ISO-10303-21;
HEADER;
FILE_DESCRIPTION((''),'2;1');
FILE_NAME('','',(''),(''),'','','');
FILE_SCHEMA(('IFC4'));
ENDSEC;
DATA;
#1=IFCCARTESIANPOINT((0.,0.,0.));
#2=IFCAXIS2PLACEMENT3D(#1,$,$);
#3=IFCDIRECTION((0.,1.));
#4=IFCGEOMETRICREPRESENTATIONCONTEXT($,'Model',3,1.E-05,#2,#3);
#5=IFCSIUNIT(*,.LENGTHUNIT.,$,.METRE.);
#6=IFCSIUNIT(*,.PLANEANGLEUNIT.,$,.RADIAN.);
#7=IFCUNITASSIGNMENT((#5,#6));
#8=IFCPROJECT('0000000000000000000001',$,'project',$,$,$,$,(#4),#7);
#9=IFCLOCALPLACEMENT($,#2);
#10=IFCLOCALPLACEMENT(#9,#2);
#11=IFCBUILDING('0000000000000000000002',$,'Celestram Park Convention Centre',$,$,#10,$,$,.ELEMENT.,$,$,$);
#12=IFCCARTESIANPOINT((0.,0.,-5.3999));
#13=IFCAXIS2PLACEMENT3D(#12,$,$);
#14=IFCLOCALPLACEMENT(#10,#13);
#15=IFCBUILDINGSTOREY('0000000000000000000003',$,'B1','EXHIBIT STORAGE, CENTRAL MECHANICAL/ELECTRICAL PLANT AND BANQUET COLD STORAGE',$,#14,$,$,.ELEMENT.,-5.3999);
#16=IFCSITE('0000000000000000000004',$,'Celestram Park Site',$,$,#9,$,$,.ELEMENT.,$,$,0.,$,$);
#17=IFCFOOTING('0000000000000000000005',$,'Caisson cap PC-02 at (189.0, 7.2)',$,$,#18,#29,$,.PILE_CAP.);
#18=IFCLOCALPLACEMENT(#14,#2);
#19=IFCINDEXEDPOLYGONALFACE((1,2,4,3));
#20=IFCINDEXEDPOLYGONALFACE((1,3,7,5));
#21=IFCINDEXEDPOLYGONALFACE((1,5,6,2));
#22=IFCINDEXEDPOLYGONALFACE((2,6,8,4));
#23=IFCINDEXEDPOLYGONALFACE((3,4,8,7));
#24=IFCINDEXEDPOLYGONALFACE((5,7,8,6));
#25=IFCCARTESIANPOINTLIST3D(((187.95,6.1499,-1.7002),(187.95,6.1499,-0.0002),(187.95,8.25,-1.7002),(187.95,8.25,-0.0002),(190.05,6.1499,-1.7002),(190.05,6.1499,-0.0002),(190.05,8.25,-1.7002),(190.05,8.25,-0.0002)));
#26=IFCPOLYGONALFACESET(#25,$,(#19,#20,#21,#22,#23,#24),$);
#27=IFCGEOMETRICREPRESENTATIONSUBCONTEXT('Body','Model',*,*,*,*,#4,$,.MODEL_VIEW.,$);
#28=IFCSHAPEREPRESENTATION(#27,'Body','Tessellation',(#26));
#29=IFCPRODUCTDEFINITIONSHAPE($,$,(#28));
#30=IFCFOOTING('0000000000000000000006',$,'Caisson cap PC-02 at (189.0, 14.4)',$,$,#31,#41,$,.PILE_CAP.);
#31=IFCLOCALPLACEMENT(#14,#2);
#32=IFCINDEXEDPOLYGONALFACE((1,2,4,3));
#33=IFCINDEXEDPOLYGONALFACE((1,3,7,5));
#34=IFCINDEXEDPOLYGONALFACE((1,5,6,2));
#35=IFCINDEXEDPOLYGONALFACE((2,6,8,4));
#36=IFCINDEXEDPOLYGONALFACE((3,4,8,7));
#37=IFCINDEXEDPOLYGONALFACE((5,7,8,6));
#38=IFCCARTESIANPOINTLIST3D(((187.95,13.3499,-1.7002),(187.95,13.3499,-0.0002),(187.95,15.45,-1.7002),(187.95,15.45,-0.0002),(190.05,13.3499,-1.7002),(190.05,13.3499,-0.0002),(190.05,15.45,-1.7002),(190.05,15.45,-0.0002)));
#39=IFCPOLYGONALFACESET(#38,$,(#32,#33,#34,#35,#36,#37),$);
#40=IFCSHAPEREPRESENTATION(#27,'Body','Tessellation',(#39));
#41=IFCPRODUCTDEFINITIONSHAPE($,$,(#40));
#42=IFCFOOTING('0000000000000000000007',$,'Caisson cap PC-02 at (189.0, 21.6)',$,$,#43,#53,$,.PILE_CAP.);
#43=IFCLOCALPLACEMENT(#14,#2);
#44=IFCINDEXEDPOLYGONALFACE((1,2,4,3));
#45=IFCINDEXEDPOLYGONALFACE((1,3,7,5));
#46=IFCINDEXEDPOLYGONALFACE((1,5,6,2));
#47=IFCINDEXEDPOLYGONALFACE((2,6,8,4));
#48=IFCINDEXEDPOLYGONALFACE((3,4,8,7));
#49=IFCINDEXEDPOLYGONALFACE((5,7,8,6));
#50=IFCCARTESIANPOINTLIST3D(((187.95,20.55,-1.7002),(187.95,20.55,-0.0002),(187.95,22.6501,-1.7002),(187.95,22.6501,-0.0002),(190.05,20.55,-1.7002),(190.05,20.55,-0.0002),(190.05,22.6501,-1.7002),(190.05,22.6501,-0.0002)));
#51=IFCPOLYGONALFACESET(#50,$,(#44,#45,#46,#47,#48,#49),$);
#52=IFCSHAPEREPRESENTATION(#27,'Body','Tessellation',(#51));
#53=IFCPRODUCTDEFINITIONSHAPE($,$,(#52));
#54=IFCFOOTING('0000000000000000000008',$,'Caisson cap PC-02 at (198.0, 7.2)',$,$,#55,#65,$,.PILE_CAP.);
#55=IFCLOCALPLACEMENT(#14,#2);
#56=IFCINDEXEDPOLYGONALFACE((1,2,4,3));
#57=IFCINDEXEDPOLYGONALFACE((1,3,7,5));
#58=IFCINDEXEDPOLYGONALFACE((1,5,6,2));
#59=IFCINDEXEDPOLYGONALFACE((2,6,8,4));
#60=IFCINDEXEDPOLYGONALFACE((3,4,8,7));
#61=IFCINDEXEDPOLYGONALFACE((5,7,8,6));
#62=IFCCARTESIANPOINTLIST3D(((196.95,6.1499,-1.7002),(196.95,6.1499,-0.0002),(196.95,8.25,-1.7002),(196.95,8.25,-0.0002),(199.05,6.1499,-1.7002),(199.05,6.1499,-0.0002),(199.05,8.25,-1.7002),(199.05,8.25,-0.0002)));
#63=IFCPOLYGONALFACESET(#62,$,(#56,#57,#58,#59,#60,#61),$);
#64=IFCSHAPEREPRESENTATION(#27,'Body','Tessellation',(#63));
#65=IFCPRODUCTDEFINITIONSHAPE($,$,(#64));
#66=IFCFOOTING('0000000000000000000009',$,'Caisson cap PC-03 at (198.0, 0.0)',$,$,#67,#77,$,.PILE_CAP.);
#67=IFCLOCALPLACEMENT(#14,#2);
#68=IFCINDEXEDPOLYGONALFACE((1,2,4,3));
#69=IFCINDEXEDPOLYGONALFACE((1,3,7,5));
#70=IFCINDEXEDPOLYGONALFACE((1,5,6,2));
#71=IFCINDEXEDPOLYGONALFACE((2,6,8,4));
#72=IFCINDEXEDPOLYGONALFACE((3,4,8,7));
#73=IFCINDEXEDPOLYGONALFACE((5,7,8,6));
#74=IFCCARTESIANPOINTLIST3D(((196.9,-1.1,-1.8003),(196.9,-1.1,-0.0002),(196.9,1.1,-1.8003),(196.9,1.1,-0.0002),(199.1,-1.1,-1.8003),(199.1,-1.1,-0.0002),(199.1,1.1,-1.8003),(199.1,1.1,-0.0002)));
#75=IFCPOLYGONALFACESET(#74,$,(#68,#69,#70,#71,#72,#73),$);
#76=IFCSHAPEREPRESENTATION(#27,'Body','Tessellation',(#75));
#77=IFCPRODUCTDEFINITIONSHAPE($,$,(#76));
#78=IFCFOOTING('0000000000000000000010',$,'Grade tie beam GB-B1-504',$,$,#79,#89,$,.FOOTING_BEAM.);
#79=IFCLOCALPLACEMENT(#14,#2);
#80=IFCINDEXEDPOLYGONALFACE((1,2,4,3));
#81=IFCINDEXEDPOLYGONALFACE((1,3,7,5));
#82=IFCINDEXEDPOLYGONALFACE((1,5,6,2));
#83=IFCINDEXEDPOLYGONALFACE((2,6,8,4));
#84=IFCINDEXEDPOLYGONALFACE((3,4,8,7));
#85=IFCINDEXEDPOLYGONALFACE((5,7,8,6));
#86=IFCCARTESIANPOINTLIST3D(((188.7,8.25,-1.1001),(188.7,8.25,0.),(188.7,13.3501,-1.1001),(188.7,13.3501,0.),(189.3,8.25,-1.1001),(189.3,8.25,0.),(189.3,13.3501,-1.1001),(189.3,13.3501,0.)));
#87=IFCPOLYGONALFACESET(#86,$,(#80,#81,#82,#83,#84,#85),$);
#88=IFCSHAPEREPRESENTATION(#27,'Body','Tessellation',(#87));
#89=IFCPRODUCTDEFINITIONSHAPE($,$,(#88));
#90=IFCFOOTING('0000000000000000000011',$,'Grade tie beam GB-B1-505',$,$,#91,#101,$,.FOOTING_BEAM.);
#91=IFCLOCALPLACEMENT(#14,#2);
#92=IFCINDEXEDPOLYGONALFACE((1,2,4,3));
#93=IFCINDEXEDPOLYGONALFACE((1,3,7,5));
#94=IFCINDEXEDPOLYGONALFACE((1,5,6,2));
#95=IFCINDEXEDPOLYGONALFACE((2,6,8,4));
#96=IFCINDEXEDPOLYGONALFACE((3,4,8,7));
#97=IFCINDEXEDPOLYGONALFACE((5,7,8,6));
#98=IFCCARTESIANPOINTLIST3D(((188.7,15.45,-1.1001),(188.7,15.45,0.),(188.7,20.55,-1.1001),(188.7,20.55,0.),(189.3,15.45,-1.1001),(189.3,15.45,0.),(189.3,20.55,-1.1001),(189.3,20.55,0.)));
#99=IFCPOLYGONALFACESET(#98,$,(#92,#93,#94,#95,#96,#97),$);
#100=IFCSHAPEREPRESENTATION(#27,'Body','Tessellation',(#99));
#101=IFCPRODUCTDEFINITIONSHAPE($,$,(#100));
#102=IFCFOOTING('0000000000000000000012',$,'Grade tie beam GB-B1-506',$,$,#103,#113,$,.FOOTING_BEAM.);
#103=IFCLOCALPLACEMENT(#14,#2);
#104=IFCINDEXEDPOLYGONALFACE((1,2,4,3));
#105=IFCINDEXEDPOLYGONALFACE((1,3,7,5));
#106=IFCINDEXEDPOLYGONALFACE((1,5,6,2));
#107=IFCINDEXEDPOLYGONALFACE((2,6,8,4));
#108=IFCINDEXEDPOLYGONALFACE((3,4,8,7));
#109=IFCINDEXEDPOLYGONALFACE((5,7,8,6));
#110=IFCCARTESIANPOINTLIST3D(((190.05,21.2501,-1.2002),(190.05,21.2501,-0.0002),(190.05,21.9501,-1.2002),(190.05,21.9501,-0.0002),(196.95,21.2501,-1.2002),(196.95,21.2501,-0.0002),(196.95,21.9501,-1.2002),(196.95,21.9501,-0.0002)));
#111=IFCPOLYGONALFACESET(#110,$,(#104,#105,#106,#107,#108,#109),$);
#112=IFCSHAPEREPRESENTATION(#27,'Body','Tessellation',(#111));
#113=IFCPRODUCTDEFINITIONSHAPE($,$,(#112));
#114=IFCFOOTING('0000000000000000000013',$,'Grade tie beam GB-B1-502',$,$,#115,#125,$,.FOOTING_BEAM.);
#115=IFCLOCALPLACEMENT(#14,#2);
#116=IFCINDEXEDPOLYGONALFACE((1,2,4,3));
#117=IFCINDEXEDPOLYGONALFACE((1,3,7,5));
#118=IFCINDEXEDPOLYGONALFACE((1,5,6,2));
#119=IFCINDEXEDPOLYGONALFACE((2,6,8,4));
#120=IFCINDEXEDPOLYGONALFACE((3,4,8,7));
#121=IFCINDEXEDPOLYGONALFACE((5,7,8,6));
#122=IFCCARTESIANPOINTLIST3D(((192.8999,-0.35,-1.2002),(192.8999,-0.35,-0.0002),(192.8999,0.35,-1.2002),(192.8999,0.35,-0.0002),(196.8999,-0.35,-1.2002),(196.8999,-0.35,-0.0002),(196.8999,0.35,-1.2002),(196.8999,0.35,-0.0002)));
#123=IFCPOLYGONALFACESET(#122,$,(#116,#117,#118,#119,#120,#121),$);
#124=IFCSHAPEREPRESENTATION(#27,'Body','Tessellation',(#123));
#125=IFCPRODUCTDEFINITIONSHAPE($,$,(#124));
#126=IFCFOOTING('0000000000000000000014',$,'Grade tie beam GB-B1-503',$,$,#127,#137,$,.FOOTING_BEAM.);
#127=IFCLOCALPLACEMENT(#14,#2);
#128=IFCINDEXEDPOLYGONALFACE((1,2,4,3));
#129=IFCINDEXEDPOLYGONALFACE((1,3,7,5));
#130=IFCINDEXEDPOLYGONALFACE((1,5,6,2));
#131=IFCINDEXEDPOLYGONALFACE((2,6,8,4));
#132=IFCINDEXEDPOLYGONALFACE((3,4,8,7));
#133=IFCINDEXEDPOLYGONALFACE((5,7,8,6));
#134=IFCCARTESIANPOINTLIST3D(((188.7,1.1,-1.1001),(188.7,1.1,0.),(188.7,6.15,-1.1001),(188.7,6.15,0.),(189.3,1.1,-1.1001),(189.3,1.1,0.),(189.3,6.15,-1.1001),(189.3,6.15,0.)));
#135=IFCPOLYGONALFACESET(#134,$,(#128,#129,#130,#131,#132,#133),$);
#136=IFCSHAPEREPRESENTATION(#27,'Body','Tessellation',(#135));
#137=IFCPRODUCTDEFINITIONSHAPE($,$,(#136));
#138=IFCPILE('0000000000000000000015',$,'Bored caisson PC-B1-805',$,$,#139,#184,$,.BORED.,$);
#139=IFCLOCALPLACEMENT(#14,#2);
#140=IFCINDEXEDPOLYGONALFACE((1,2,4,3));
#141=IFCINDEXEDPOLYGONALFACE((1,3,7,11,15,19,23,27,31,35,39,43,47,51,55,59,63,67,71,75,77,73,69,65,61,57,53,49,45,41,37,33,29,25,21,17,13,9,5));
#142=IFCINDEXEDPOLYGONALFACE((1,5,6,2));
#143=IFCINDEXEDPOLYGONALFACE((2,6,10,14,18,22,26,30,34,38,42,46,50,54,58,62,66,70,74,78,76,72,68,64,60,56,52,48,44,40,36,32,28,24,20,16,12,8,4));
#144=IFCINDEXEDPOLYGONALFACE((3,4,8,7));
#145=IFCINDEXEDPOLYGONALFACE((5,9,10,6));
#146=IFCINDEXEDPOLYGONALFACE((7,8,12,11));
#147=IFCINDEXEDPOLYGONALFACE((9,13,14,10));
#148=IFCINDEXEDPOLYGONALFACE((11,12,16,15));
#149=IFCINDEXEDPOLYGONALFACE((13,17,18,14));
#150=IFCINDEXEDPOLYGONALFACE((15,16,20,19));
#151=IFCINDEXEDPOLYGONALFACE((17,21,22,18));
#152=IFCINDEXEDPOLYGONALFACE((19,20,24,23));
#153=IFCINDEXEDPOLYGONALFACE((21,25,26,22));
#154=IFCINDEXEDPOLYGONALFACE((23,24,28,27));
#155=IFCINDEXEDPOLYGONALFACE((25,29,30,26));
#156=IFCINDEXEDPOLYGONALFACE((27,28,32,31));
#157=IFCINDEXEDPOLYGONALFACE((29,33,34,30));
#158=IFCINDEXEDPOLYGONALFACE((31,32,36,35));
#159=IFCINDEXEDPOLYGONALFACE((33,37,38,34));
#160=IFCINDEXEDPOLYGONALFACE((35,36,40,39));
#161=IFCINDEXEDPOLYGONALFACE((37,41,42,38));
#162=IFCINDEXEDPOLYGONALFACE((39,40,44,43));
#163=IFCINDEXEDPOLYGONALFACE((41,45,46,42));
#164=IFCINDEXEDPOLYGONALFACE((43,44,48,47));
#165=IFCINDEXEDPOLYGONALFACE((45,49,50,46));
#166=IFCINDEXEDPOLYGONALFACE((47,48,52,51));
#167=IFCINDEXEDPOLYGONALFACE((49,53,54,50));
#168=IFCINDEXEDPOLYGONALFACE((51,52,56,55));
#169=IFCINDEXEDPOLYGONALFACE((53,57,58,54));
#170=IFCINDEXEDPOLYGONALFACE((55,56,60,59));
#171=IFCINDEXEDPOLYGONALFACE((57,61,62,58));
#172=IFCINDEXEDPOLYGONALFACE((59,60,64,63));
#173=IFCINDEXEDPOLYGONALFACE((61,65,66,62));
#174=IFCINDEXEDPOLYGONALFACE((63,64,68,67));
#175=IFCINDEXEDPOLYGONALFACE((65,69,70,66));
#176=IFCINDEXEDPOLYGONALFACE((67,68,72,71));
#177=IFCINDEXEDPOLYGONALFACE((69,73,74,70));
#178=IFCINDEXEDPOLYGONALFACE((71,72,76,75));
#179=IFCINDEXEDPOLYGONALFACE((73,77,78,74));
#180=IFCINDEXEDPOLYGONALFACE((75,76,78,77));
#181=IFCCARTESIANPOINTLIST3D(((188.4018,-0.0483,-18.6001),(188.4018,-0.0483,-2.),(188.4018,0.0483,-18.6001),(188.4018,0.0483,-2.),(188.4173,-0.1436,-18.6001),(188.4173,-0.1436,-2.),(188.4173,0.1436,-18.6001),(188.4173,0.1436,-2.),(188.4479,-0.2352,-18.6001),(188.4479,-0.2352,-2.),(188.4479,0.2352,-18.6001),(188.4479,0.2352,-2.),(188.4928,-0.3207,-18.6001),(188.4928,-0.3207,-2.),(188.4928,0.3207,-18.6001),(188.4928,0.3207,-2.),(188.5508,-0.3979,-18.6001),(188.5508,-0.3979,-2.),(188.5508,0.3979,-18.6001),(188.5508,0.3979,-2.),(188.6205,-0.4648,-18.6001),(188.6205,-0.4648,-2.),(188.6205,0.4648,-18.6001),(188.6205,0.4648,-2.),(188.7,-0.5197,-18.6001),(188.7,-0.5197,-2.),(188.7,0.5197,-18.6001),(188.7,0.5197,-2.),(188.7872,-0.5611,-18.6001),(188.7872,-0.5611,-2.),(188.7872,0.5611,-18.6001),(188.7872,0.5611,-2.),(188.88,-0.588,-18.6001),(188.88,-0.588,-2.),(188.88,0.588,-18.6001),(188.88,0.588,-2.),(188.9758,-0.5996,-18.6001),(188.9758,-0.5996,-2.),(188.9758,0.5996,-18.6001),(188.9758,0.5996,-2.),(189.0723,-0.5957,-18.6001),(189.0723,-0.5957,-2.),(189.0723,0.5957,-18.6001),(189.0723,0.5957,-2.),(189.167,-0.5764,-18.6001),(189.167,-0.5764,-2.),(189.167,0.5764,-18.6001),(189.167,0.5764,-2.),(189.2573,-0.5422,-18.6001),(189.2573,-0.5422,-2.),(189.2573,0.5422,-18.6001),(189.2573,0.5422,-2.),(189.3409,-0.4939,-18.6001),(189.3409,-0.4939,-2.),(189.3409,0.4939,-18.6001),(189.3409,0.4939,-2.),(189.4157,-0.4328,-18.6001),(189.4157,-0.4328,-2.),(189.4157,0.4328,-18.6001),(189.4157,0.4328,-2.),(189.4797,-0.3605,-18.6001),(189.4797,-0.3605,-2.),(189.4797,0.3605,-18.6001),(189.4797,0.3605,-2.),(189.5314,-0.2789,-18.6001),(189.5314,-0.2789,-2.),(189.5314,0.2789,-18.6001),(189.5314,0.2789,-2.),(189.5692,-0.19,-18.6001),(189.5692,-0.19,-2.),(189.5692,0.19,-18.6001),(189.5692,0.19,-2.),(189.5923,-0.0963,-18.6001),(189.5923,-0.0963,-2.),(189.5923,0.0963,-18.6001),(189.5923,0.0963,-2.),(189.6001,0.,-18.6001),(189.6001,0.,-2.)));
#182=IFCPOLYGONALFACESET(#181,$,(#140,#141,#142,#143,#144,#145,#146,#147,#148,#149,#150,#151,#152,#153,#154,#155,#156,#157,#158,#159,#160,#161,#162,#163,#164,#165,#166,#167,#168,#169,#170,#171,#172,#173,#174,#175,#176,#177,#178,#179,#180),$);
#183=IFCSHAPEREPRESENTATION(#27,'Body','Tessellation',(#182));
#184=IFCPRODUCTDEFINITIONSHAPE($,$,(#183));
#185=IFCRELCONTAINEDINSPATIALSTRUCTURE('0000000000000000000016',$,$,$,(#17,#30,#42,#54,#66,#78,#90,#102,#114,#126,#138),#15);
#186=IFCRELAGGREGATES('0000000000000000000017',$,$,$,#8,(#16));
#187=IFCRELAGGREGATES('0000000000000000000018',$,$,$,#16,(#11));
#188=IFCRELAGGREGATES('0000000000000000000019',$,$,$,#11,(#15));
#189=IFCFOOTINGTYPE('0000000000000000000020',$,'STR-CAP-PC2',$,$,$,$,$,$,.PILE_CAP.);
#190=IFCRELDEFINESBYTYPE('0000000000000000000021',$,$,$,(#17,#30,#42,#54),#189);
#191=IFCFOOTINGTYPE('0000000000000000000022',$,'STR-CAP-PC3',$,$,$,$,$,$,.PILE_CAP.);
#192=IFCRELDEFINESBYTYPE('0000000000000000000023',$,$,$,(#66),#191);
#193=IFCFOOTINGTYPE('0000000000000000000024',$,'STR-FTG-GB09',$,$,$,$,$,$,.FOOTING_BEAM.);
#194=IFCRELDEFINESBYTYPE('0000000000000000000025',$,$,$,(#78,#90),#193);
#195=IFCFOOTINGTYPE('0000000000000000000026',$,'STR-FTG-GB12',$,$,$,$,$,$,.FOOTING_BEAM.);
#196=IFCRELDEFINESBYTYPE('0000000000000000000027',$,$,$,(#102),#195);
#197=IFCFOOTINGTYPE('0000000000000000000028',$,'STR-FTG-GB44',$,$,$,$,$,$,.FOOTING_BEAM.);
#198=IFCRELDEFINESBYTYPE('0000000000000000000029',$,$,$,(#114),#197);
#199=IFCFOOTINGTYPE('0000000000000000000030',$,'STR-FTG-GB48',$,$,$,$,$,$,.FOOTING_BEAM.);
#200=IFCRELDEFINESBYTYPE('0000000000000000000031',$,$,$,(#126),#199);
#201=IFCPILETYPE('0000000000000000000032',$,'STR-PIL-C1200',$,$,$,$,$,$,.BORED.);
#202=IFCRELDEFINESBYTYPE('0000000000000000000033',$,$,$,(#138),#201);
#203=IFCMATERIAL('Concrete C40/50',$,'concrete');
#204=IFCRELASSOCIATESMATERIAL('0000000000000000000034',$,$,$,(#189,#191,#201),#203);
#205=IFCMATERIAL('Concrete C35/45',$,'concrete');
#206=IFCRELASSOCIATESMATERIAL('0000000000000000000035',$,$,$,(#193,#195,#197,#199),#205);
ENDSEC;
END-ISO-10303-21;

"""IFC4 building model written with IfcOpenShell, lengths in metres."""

from ifc_helpers import new_model, si_unit, direction, frame, origin, origin_2d, place, context, subcontext, project, spatial, rectangle, circle, extrude, material, material_profile, profile_set, type_object, element, save


model = new_model("IFC4")

# Units and contexts
model_context = context("Model", 3, precision=1e-05, world=origin(), true_north=direction((0.0, 1.0)))
body_context = subcontext(model_context, "Body", "Model", "MODEL_VIEW")
ifc_project = project(units=[si_unit("LENGTHUNIT", "METRE"), si_unit("PLANEANGLEUNIT", "RADIAN")], contexts=[model_context])

# Site, building, storey
site_placement = place(None, origin())
site = spatial("IfcSite", under=ifc_project, at=site_placement, Name="Celestram Park Site", CompositionType="ELEMENT", RefElevation=0.0)
building_placement = place(site_placement, origin())
building = spatial("IfcBuilding", under=site, at=building_placement, Name="Celestram Park Convention Centre", CompositionType="ELEMENT")
storey_placement = place(building_placement, frame((0.0, 0.0, -5.3999)))
storey = spatial("IfcBuildingStorey", under=building, at=storey_placement, Name="B1", Description="EXHIBIT STORAGE, CENTRAL MECHANICAL/ELECTRICAL PLANT AND BANQUET COLD STORAGE", CompositionType="ELEMENT", Elevation=-5.3999)

# Footings
ifc_material_1 = material(Name="Concrete C40/50", Category="concrete")
footing_type_1 = type_object("IfcFootingType", Name="STR-CAP-PC2", PredefinedType="PILE_CAP", material=ifc_material_1)
for number, where, z_axis, x_axis, name in (
    (1, (189.0, 7.2, -1.7002), (0.0, 0.0, 1.0), (1.0, 0.0, 0.0), "Caisson cap PC-02 at (189.0, 7.2)"),
    (2, (189.0, 14.3999, -1.7002), (0.0, 0.0, 1.0), (1.0, 0.0, 0.0), "Caisson cap PC-02 at (189.0, 14.4)"),
    (3, (189.0, 21.6001, -1.7002), (0.0, 0.0, 1.0), (1.0, 0.0, 0.0), "Caisson cap PC-02 at (189.0, 21.6)"),
    (4, (198.0, 7.2, -1.7002), (0.0, 0.0, 1.0), (1.0, 0.0, 0.0), "Caisson cap PC-02 at (198.0, 7.2)"),
):
    element("IfcFooting", number, at=place(storey_placement, frame(where, z_axis=z_axis, x_axis=x_axis)), inside=storey, type_object=footing_type_1, Name=name, PredefinedType="PILE_CAP", context=body_context, shape_type="SweptSolid", body=[
        extrude(rectangle(XDim=2.1001, YDim=2.1001, at=origin_2d()), origin(), (0.0, 0.0, 1.0), 1.7),
    ])
footing_type_2 = type_object("IfcFootingType", Name="STR-CAP-PC3", PredefinedType="PILE_CAP", material=ifc_material_1)
footing_1_placement = place(storey_placement, frame((198.0, 0.0, -1.8003), z_axis=(0.0, 0.0, 1.0), x_axis=(1.0, 0.0, 0.0)))
element("IfcFooting", 5, at=footing_1_placement, inside=storey, type_object=footing_type_2, Name="Caisson cap PC-03 at (198.0, 0.0)", PredefinedType="PILE_CAP", context=body_context, shape_type="SweptSolid", body=[
    extrude(rectangle(XDim=2.2, YDim=2.2, at=origin_2d()), origin(), (0.0, 0.0, 1.0), 1.8),
])
ifc_material_2 = material(Name="Concrete C35/45", Category="concrete")
footing_type_3 = type_object("IfcFootingType", Name="STR-FTG-GB09", PredefinedType="FOOTING_BEAM", material=ifc_material_2)
for number, where, z_axis, x_axis, name in (
    (6, (189.0, 10.8, -1.1001), (0.0, 0.0, 1.0), (0.0, 1.0, 0.0), "Grade tie beam GB-B1-504"),
    (7, (189.0, 18.0, -1.1001), (0.0, 0.0, 1.0), (0.0, 1.0, 0.0), "Grade tie beam GB-B1-505"),
):
    element("IfcFooting", number, at=place(storey_placement, frame(where, z_axis=z_axis, x_axis=x_axis)), inside=storey, type_object=footing_type_3, Name=name, PredefinedType="FOOTING_BEAM", context=body_context, shape_type="SweptSolid", body=[
        extrude(rectangle(XDim=5.1001, YDim=0.6001, at=origin_2d()), origin(), (0.0, 0.0, 1.0), 1.1001),
    ])
footing_type_4 = type_object("IfcFootingType", Name="STR-FTG-GB12", PredefinedType="FOOTING_BEAM", material=ifc_material_2)
footing_2_placement = place(storey_placement, frame((193.5, 21.6001, -1.2002), z_axis=(0.0, 0.0, 1.0), x_axis=(1.0, 0.0, 0.0)))
element("IfcFooting", 8, at=footing_2_placement, inside=storey, type_object=footing_type_4, Name="Grade tie beam GB-B1-506", PredefinedType="FOOTING_BEAM", context=body_context, shape_type="SweptSolid", body=[
    extrude(rectangle(XDim=6.8999, YDim=0.7, at=origin_2d()), origin(), (0.0, 0.0, 1.0), 1.2),
])
footing_type_5 = type_object("IfcFootingType", Name="STR-FTG-GB44", PredefinedType="FOOTING_BEAM", material=ifc_material_2)
footing_3_placement = place(storey_placement, frame((194.8999, 0.0, -1.2002), z_axis=(0.0, 0.0, 1.0), x_axis=(1.0, 0.0, 0.0)))
element("IfcFooting", 9, at=footing_3_placement, inside=storey, type_object=footing_type_5, Name="Grade tie beam GB-B1-502", PredefinedType="FOOTING_BEAM", context=body_context, shape_type="SweptSolid", body=[
    extrude(rectangle(XDim=4.0, YDim=0.7, at=origin_2d()), origin(), (0.0, 0.0, 1.0), 1.2),
])
footing_type_6 = type_object("IfcFootingType", Name="STR-FTG-GB48", PredefinedType="FOOTING_BEAM", material=ifc_material_2)
footing_4_placement = place(storey_placement, frame((189.0, 3.625, -1.1001), z_axis=(0.0, 0.0, 1.0), x_axis=(0.0, 1.0, 0.0)))
element("IfcFooting", 10, at=footing_4_placement, inside=storey, type_object=footing_type_6, Name="Grade tie beam GB-B1-503", PredefinedType="FOOTING_BEAM", context=body_context, shape_type="SweptSolid", body=[
    extrude(rectangle(XDim=5.05, YDim=0.6001, at=origin_2d()), origin(), (0.0, 0.0, 1.0), 1.1001),
])

# Pile
ifc_material_profile_1 = material_profile(ifc_material_1, circle(Radius=0.6001, at=origin_2d()), Name="CAISSON1200")
ifc_profile_set_1 = profile_set([ifc_material_profile_1], Name="Concrete C40/50")
pile_type_1 = type_object("IfcPileType", Name="STR-PIL-C1200", PredefinedType="BORED", material=ifc_profile_set_1)
for number, where, z_axis, x_axis, name in (
    (11, (189.0, 0.0, -2.0), (0.0, 0.0, -1.0), (1.0, 0.0, 0.0), "Bored caisson PC-B1-805"),
):
    element("IfcPile", number, at=place(storey_placement, frame(where, z_axis=z_axis, x_axis=x_axis)), inside=storey, type_object=pile_type_1, Name=name, PredefinedType="BORED", context=body_context, shape_type="SweptSolid", body=[
        extrude(circle(Radius=0.6001, at=origin_2d()), origin(), (0.0, 0.0, 1.0), 16.6001),
    ])

save(model, "model.ifc")
